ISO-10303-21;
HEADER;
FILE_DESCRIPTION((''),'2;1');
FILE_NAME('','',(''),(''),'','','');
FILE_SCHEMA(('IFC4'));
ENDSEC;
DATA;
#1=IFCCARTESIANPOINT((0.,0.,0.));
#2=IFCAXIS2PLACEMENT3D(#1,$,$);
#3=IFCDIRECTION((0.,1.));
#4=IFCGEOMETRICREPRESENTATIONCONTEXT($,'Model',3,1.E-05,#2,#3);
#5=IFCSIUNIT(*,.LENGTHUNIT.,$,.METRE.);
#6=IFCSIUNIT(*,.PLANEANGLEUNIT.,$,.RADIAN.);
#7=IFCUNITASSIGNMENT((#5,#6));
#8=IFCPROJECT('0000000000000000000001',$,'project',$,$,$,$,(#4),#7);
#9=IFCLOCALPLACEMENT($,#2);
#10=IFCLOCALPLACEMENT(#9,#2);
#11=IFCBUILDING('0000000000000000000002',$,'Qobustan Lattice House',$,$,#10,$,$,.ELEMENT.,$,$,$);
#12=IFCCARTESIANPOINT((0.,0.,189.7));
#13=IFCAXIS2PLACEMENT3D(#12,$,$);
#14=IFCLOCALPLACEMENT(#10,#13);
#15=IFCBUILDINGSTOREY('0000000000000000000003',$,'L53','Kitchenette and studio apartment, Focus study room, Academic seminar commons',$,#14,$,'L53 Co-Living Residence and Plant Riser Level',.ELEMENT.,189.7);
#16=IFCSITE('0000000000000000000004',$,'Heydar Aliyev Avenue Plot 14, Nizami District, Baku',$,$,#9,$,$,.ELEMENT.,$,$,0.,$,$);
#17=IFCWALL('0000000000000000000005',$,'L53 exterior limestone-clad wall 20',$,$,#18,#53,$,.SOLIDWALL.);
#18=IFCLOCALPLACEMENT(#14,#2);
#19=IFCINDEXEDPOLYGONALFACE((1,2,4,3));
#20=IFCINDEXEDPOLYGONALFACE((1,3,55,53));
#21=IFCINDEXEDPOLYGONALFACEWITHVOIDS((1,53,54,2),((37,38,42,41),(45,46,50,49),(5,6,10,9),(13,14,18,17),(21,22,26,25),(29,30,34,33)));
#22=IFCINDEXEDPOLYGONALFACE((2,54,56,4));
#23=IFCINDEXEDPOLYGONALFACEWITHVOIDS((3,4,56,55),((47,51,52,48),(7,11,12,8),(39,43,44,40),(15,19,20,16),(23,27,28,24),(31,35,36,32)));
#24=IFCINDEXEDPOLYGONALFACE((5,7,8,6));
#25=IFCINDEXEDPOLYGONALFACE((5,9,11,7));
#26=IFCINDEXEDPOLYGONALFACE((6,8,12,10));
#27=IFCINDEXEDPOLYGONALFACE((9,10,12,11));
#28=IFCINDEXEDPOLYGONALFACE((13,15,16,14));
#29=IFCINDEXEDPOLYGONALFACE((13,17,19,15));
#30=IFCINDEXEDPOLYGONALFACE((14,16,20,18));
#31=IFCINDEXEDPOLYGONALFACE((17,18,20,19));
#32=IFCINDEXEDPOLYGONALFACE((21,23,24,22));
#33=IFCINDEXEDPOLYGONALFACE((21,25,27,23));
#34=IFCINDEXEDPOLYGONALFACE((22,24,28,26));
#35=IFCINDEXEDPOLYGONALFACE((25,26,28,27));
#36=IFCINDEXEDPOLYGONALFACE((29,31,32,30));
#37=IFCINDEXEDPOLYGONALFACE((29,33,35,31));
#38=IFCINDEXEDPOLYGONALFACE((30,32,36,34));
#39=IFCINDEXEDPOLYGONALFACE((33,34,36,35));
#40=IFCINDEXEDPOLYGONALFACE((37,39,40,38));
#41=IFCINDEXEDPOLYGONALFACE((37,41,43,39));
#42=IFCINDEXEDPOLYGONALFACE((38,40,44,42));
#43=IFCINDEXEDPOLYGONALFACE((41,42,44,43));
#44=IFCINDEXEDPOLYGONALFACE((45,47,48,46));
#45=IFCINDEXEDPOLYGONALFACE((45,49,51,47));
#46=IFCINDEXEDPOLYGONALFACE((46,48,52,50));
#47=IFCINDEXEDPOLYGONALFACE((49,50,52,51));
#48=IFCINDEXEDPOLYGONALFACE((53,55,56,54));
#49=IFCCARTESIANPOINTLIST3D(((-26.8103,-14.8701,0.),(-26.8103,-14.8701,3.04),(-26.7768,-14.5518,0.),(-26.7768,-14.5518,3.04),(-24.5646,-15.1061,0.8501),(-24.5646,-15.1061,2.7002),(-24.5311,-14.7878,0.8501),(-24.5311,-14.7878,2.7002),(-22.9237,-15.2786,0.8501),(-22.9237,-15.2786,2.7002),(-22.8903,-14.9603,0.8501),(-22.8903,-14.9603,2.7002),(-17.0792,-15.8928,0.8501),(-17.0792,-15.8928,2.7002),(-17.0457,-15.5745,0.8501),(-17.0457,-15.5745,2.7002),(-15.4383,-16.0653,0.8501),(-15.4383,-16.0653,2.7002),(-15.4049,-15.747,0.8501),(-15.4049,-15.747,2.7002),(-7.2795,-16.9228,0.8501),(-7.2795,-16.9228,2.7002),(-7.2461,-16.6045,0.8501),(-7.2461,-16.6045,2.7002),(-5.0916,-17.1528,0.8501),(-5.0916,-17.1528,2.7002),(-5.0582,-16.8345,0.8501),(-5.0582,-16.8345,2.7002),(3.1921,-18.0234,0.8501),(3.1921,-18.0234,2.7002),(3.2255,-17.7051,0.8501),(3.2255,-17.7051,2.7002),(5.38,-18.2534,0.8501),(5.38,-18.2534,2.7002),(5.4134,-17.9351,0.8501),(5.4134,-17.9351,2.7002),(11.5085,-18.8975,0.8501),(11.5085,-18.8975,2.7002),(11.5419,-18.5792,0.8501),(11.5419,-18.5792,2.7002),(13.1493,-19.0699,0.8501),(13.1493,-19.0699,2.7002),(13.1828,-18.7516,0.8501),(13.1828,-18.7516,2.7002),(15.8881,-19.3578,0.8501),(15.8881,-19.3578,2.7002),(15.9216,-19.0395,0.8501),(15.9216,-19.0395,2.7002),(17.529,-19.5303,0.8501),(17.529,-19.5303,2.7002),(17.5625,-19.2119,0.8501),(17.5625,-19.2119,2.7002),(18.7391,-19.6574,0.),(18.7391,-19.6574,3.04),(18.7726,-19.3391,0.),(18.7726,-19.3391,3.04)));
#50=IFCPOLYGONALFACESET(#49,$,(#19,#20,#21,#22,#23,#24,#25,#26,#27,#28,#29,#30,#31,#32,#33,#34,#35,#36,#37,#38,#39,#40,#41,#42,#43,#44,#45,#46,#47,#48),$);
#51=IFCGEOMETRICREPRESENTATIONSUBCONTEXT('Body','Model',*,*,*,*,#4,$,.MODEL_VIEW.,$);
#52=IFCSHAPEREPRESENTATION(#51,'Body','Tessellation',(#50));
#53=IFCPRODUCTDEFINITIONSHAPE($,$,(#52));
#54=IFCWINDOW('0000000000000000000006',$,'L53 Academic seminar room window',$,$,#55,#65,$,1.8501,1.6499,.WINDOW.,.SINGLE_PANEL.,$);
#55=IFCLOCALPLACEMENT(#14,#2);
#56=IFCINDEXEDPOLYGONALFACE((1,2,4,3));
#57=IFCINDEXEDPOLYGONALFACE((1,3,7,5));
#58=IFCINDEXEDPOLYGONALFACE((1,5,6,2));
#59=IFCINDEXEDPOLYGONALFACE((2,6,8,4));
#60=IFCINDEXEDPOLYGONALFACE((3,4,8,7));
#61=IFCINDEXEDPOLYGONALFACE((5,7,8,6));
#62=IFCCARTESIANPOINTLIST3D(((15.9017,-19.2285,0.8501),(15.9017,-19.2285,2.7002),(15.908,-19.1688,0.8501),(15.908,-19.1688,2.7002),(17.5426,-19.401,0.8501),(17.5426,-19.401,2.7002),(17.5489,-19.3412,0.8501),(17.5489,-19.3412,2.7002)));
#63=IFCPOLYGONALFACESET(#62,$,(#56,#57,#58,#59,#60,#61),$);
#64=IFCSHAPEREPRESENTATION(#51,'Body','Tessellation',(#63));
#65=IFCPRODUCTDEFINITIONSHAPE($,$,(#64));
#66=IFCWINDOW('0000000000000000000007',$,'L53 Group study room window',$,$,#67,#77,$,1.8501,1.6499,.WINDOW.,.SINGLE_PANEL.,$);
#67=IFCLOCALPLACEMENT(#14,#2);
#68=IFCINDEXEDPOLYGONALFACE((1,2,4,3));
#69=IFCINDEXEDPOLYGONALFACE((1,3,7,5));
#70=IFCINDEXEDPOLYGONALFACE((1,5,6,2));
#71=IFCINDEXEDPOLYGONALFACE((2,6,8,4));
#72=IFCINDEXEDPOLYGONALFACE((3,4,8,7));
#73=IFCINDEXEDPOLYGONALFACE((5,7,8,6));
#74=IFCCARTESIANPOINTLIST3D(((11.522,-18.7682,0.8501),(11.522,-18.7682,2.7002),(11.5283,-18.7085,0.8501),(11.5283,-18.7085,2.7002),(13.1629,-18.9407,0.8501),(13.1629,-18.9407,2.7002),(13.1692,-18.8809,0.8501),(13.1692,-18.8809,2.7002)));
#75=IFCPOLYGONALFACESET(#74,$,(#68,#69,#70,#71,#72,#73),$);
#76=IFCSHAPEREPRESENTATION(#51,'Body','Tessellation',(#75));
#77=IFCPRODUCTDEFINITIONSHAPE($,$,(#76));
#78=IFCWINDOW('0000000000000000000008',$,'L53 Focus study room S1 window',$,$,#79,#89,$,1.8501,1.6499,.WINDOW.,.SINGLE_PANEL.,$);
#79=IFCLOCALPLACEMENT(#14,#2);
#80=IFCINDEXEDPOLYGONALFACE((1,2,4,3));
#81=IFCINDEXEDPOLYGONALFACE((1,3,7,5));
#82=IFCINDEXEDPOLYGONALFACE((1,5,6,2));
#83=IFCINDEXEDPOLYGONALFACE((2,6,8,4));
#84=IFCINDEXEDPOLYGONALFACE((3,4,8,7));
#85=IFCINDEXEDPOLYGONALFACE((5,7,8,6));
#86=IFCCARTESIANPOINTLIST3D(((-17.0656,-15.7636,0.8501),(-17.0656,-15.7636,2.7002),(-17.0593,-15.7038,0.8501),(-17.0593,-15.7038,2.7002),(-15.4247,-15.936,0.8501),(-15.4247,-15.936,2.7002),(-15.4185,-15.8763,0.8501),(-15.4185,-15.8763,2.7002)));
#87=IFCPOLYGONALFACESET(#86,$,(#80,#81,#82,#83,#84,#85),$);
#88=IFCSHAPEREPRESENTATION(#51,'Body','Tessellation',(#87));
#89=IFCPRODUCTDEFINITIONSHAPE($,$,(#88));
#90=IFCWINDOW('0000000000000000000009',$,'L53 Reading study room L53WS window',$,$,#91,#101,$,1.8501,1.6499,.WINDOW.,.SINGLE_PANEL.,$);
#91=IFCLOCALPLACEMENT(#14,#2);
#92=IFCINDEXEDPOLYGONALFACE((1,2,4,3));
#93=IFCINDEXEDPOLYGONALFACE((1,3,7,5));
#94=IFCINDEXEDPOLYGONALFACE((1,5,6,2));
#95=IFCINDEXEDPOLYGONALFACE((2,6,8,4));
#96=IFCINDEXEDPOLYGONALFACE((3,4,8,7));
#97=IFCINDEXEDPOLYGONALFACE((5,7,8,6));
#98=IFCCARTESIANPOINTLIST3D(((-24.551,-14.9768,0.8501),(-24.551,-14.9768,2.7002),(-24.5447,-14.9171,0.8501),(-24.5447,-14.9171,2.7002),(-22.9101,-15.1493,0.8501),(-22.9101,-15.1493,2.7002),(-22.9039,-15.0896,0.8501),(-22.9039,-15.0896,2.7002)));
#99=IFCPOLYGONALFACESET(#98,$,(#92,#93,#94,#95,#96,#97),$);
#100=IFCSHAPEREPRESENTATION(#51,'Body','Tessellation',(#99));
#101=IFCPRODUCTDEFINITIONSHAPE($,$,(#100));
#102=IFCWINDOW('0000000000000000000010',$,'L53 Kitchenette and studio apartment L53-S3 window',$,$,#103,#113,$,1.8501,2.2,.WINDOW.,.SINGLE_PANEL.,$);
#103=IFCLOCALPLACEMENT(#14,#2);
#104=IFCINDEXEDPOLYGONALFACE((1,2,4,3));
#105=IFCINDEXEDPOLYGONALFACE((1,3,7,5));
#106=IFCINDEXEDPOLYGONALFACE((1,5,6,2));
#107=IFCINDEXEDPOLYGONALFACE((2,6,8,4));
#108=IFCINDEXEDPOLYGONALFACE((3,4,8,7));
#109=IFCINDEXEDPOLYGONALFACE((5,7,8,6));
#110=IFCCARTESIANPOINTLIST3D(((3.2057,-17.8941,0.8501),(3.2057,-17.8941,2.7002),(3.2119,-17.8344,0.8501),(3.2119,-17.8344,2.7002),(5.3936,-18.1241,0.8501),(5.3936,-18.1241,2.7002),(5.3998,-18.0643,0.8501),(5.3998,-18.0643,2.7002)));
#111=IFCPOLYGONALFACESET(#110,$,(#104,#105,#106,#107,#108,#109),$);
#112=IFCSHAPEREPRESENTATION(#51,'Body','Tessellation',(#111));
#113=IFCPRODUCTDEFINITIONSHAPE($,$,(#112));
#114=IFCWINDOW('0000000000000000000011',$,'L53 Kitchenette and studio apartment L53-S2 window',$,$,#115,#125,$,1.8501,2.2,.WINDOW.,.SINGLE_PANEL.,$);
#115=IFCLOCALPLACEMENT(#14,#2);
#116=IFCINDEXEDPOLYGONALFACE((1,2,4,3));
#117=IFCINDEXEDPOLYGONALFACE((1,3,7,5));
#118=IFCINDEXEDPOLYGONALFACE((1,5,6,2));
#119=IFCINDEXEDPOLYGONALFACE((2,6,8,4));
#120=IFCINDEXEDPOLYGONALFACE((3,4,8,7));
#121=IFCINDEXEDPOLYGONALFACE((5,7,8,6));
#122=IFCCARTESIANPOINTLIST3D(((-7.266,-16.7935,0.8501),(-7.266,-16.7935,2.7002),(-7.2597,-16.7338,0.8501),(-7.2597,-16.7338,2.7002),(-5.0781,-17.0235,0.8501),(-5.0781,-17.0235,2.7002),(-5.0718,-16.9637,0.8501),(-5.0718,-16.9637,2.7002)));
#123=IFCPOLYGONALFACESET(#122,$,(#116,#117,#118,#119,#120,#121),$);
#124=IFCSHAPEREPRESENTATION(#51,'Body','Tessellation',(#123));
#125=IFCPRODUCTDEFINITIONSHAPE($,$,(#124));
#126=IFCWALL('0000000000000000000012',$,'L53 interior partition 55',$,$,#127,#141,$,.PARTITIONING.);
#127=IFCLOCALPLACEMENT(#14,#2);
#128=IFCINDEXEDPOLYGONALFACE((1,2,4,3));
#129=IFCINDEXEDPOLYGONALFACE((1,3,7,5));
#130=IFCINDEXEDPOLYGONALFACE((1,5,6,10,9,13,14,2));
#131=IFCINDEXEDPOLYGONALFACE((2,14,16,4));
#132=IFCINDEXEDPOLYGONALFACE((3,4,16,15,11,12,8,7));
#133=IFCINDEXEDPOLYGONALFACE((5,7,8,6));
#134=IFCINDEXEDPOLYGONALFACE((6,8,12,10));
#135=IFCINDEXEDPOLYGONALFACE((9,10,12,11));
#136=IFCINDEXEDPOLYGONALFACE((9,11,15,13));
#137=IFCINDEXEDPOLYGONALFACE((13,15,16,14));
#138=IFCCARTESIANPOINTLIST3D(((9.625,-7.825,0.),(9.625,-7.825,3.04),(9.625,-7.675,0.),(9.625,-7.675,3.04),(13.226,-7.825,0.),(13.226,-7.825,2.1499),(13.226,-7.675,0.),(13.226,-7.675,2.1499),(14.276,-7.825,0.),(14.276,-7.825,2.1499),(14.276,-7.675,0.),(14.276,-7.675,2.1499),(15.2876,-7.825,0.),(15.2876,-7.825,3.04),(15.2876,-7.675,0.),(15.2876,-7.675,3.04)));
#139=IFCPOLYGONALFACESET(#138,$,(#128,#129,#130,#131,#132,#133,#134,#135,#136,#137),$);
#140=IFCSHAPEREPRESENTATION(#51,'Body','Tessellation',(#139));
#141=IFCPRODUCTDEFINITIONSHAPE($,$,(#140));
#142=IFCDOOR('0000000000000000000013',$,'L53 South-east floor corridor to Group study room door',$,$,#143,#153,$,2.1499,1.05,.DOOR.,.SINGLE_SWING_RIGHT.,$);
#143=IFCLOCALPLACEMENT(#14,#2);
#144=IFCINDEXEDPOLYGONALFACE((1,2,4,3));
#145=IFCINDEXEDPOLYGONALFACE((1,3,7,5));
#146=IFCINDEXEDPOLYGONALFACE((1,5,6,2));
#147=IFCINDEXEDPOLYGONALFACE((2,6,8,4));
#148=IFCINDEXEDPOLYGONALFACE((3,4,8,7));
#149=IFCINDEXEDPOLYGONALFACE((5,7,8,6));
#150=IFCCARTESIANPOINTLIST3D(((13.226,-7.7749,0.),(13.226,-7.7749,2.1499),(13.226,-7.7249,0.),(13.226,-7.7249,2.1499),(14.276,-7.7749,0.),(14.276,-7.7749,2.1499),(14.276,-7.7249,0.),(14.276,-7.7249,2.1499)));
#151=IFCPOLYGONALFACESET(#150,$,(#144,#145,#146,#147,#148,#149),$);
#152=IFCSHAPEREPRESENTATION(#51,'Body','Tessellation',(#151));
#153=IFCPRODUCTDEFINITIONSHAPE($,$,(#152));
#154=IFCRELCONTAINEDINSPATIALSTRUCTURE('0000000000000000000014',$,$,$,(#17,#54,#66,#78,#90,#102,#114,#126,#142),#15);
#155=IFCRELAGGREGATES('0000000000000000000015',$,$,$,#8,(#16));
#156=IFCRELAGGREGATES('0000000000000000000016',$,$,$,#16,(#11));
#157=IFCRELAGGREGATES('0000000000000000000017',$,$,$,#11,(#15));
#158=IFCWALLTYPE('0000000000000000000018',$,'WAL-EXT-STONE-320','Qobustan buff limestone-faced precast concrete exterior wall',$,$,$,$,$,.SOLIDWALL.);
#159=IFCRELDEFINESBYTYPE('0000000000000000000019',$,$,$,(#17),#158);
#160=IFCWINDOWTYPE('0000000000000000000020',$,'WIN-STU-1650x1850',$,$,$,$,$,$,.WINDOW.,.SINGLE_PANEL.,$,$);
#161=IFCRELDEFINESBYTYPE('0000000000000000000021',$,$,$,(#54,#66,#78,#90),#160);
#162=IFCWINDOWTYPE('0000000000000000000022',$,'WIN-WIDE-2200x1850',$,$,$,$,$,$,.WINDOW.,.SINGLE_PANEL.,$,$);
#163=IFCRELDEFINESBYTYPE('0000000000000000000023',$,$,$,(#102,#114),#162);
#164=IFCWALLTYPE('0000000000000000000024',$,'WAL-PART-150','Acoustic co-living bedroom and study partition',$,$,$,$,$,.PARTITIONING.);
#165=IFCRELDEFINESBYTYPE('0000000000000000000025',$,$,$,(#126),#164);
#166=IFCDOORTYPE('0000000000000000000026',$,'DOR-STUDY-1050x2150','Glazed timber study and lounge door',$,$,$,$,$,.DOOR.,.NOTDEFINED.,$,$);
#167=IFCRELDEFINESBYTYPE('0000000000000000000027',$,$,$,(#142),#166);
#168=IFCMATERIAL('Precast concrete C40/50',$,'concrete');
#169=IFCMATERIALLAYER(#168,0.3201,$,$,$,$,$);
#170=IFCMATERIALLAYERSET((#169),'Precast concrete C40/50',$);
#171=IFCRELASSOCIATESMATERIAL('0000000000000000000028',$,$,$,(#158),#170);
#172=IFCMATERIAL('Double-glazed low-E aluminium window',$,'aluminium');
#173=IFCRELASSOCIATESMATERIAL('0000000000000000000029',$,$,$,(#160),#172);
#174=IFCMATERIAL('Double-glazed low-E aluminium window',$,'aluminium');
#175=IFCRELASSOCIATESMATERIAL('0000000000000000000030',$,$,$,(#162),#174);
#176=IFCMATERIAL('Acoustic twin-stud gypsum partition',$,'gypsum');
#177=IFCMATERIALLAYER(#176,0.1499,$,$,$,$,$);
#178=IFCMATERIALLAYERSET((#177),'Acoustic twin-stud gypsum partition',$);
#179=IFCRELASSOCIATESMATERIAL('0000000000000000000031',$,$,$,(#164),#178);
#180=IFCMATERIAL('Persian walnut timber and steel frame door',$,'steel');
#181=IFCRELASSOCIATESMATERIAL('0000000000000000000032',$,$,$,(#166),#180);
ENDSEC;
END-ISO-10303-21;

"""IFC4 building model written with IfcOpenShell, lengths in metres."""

from ifc_helpers import new_model, si_unit, direction, frame, frame_2d, origin, place, context, subcontext, project, spatial, rectangle, extrude, material, layer, layer_set, type_object, element, fill, save


model = new_model("IFC4")

# Units and contexts
model_context = context("Model", 3, precision=1e-05, world=origin(), true_north=direction((0.0, 1.0)))
body_context = subcontext(model_context, "Body", "Model", "MODEL_VIEW")
ifc_project = project(units=[si_unit("LENGTHUNIT", "METRE"), si_unit("PLANEANGLEUNIT", "RADIAN")], contexts=[model_context])

# Site, building, storey
site_placement = place(None, origin())
site = spatial("IfcSite", under=ifc_project, at=site_placement, Name="Heydar Aliyev Avenue Plot 14, Nizami District, Baku", CompositionType="ELEMENT", RefElevation=0.0)
building_placement = place(site_placement, origin())
building = spatial("IfcBuilding", under=site, at=building_placement, Name="Qobustan Lattice House", CompositionType="ELEMENT")
storey_placement = place(building_placement, frame((0.0, 0.0, 189.7)))
storey = spatial("IfcBuildingStorey", under=building, at=storey_placement, Name="L53", Description="Kitchenette and studio apartment, Focus study room, Academic seminar commons", LongName="L53 Co-Living Residence and Plant Riser Level", CompositionType="ELEMENT", Elevation=189.7)

# Shared definitions
ifc_material_1 = material(Name="Precast concrete C40/50", Category="concrete")
ifc_layer_1 = layer(ifc_material_1, 0.3201)
ifc_layer_set_1 = layer_set([ifc_layer_1], Name="Precast concrete C40/50")
wall_type_1 = type_object("IfcWallType", Name="WAL-EXT-STONE-320", Description="Qobustan buff limestone-faced precast concrete exterior wall", PredefinedType="SOLIDWALL", material=ifc_layer_set_1)

# Wall, openings, windows
wall_1_placement = place(storey_placement, frame((18.7559, -19.4983, 0.0), z_axis=(0.0, 0.0, 1.0), x_axis=(-0.994522, 0.104527, 0.0)))
wall_1 = element("IfcWall", 1, at=wall_1_placement, inside=storey, type_object=wall_type_1, Name="L53 exterior limestone-clad wall 20", PredefinedType="SOLIDWALL", context=body_context, shape_type="SweptSolid", body=[
    extrude(rectangle(XDim=45.8003, YDim=0.3201, at=frame_2d((22.9001, 0.0))), origin(), (0.0, 0.0, 1.0), 3.04),
])
opening_1_placement = place(wall_1_placement, frame((1.2168, 0.0, 0.8501)))
opening_1 = element("IfcOpeningElement", 2, at=opening_1_placement, cuts=wall_1, PredefinedType="OPENING", context=body_context, shape_type="SweptSolid", body=[
    extrude(rectangle(XDim=1.6499, YDim=1.8501, at=frame_2d((0.825, 0.925))), frame((0.0, 0.1699, 0.0), z_axis=(0.0, -1.0, 0.0), x_axis=(1.0, 0.0, 0.0)), (0.0, 0.0, 1.0), 0.3401),
])
opening_2_placement = place(wall_1_placement, frame((5.6206, 0.0, 0.8501)))
opening_2 = element("IfcOpeningElement", 3, at=opening_2_placement, cuts=wall_1, PredefinedType="OPENING", context=body_context, shape_type="SweptSolid", body=[
    extrude(rectangle(XDim=1.6499, YDim=1.8501, at=frame_2d((0.825, 0.925))), frame((0.0, 0.1699, 0.0), z_axis=(0.0, -1.0, 0.0), x_axis=(1.0, 0.0, 0.0)), (0.0, 0.0, 1.0), 0.3401),
])
opening_3_placement = place(wall_1_placement, frame((13.4326, 0.0, 0.8501)))
opening_3 = element("IfcOpeningElement", 4, at=opening_3_placement, cuts=wall_1, PredefinedType="OPENING", context=body_context, shape_type="SweptSolid", body=[
    extrude(rectangle(XDim=2.2, YDim=1.8501, at=frame_2d((1.1001, 0.925))), frame((0.0, 0.1699, 0.0), z_axis=(0.0, -1.0, 0.0), x_axis=(1.0, 0.0, 0.0)), (0.0, 0.0, 1.0), 0.3401),
])
opening_4_placement = place(wall_1_placement, frame((23.9619, 0.0, 0.8501)))
opening_4 = element("IfcOpeningElement", 5, at=opening_4_placement, cuts=wall_1, PredefinedType="OPENING", context=body_context, shape_type="SweptSolid", body=[
    extrude(rectangle(XDim=2.2, YDim=1.8501, at=frame_2d((1.1001, 0.925))), frame((0.0, 0.1699, 0.0), z_axis=(0.0, -1.0, 0.0), x_axis=(1.0, 0.0, 0.0)), (0.0, 0.0, 1.0), 0.3401),
])
opening_5_placement = place(wall_1_placement, frame((34.3657, 0.0, 0.8501)))
opening_5 = element("IfcOpeningElement", 6, at=opening_5_placement, cuts=wall_1, PredefinedType="OPENING", context=body_context, shape_type="SweptSolid", body=[
    extrude(rectangle(XDim=1.6499, YDim=1.8501, at=frame_2d((0.825, 0.925))), frame((0.0, 0.1699, 0.0), z_axis=(0.0, -1.0, 0.0), x_axis=(1.0, 0.0, 0.0)), (0.0, 0.0, 1.0), 0.3401),
])
opening_6_placement = place(wall_1_placement, frame((41.8923, 0.0, 0.8501)))
opening_6 = element("IfcOpeningElement", 7, at=opening_6_placement, cuts=wall_1, PredefinedType="OPENING", context=body_context, shape_type="SweptSolid", body=[
    extrude(rectangle(XDim=1.6499, YDim=1.8501, at=frame_2d((0.825, 0.925))), frame((0.0, 0.1699, 0.0), z_axis=(0.0, -1.0, 0.0), x_axis=(1.0, 0.0, 0.0)), (0.0, 0.0, 1.0), 0.3401),
])
ifc_material_2 = material(Name="Double-glazed low-E aluminium window", Category="aluminium")
window_type_1 = type_object("IfcWindowType", Name="WIN-STU-1650x1850", PartitioningType="SINGLE_PANEL", PredefinedType="WINDOW", material=ifc_material_2)
window_1_placement = place(opening_1_placement, origin())
window_1 = element("IfcWindow", 8, at=window_1_placement, inside=storey, type_object=window_type_1, Name="L53 Academic seminar room window", OverallHeight=1.8501, OverallWidth=1.6499, PartitioningType="SINGLE_PANEL", PredefinedType="WINDOW", context=body_context, shape_type="SweptSolid", body=[
    extrude(rectangle(XDim=1.6499, YDim=1.8501, at=frame_2d((0.825, 0.925))), frame((0.0, 0.03, 0.0), z_axis=(0.0, -1.0, 0.0), x_axis=(1.0, 0.0, 0.0)), (0.0, 0.0, 1.0), 0.0601),
])
fill(opening_1, window_1)
window_2_placement = place(opening_2_placement, origin())
window_2 = element("IfcWindow", 9, at=window_2_placement, inside=storey, type_object=window_type_1, Name="L53 Group study room window", OverallHeight=1.8501, OverallWidth=1.6499, PartitioningType="SINGLE_PANEL", PredefinedType="WINDOW", context=body_context, shape_type="SweptSolid", body=[
    extrude(rectangle(XDim=1.6499, YDim=1.8501, at=frame_2d((0.825, 0.925))), frame((0.0, 0.03, 0.0), z_axis=(0.0, -1.0, 0.0), x_axis=(1.0, 0.0, 0.0)), (0.0, 0.0, 1.0), 0.0601),
])
fill(opening_2, window_2)
window_3_placement = place(opening_5_placement, origin())
window_3 = element("IfcWindow", 10, at=window_3_placement, inside=storey, type_object=window_type_1, Name="L53 Focus study room S1 window", OverallHeight=1.8501, OverallWidth=1.6499, PartitioningType="SINGLE_PANEL", PredefinedType="WINDOW", context=body_context, shape_type="SweptSolid", body=[
    extrude(rectangle(XDim=1.6499, YDim=1.8501, at=frame_2d((0.825, 0.925))), frame((0.0, 0.03, 0.0), z_axis=(0.0, -1.0, 0.0), x_axis=(1.0, 0.0, 0.0)), (0.0, 0.0, 1.0), 0.0601),
])
fill(opening_5, window_3)
window_4_placement = place(opening_6_placement, origin())
window_4 = element("IfcWindow", 11, at=window_4_placement, inside=storey, type_object=window_type_1, Name="L53 Reading study room L53WS window", OverallHeight=1.8501, OverallWidth=1.6499, PartitioningType="SINGLE_PANEL", PredefinedType="WINDOW", context=body_context, shape_type="SweptSolid", body=[
    extrude(rectangle(XDim=1.6499, YDim=1.8501, at=frame_2d((0.825, 0.925))), frame((0.0, 0.03, 0.0), z_axis=(0.0, -1.0, 0.0), x_axis=(1.0, 0.0, 0.0)), (0.0, 0.0, 1.0), 0.0601),
])
fill(opening_6, window_4)
ifc_material_3 = material(Name="Double-glazed low-E aluminium window", Category="aluminium")
window_type_2 = type_object("IfcWindowType", Name="WIN-WIDE-2200x1850", PartitioningType="SINGLE_PANEL", PredefinedType="WINDOW", material=ifc_material_3)
window_5_placement = place(opening_3_placement, origin())
window_5 = element("IfcWindow", 12, at=window_5_placement, inside=storey, type_object=window_type_2, Name="L53 Kitchenette and studio apartment L53-S3 window", OverallHeight=1.8501, OverallWidth=2.2, PartitioningType="SINGLE_PANEL", PredefinedType="WINDOW", context=body_context, shape_type="SweptSolid", body=[
    extrude(rectangle(XDim=2.2, YDim=1.8501, at=frame_2d((1.1001, 0.925))), frame((0.0, 0.03, 0.0), z_axis=(0.0, -1.0, 0.0), x_axis=(1.0, 0.0, 0.0)), (0.0, 0.0, 1.0), 0.0601),
])
fill(opening_3, window_5)
window_6_placement = place(opening_4_placement, origin())
window_6 = element("IfcWindow", 13, at=window_6_placement, inside=storey, type_object=window_type_2, Name="L53 Kitchenette and studio apartment L53-S2 window", OverallHeight=1.8501, OverallWidth=2.2, PartitioningType="SINGLE_PANEL", PredefinedType="WINDOW", context=body_context, shape_type="SweptSolid", body=[
    extrude(rectangle(XDim=2.2, YDim=1.8501, at=frame_2d((1.1001, 0.925))), frame((0.0, 0.03, 0.0), z_axis=(0.0, -1.0, 0.0), x_axis=(1.0, 0.0, 0.0)), (0.0, 0.0, 1.0), 0.0601),
])
fill(opening_4, window_6)

# Wall, opening, door
ifc_material_4 = material(Name="Acoustic twin-stud gypsum partition", Category="gypsum")
ifc_layer_2 = layer(ifc_material_4, 0.1499)
ifc_layer_set_2 = layer_set([ifc_layer_2], Name="Acoustic twin-stud gypsum partition")
wall_type_2 = type_object("IfcWallType", Name="WAL-PART-150", Description="Acoustic co-living bedroom and study partition", PredefinedType="PARTITIONING", material=ifc_layer_set_2)
wall_2_placement = place(storey_placement, frame((15.2876, -7.75, 0.0), z_axis=(0.0, 0.0, 1.0), x_axis=(-1.0, 0.0, 0.0)))
wall_2 = element("IfcWall", 14, at=wall_2_placement, inside=storey, type_object=wall_type_2, Name="L53 interior partition 55", PredefinedType="PARTITIONING", context=body_context, shape_type="SweptSolid", body=[
    extrude(rectangle(XDim=5.6626, YDim=0.1499, at=frame_2d((2.8313, 0.0))), origin(), (0.0, 0.0, 1.0), 3.04),
])
opening_7_placement = place(wall_2_placement, frame((1.0117, 0.0, 0.0)))
opening_7 = element("IfcOpeningElement", 15, at=opening_7_placement, cuts=wall_2, PredefinedType="OPENING", context=body_context, shape_type="SweptSolid", body=[
    extrude(rectangle(XDim=1.05, YDim=2.1499, at=frame_2d((0.5249, 1.075))), frame((0.0, 0.085, 0.0), z_axis=(0.0, -1.0, 0.0), x_axis=(1.0, 0.0, 0.0)), (0.0, 0.0, 1.0), 0.1699),
])
ifc_material_5 = material(Name="Persian walnut timber and steel frame door", Category="steel")
door_type = type_object("IfcDoorType", Name="DOR-STUDY-1050x2150", Description="Glazed timber study and lounge door", OperationType="NOTDEFINED", PredefinedType="DOOR", material=ifc_material_5)
door_placement = place(opening_7_placement, origin())
door = element("IfcDoor", 16, at=door_placement, inside=storey, type_object=door_type, Name="L53 South-east floor corridor to Group study room door", OperationType="SINGLE_SWING_RIGHT", OverallHeight=2.1499, OverallWidth=1.05, PredefinedType="DOOR", context=body_context, shape_type="SweptSolid", body=[
    extrude(rectangle(XDim=1.05, YDim=2.1499, at=frame_2d((0.5249, 1.075))), frame((0.0, 0.0249, 0.0), z_axis=(0.0, -1.0, 0.0), x_axis=(1.0, 0.0, 0.0)), (0.0, 0.0, 1.0), 0.05),
])
fill(opening_7, door)

save(model, "model.ifc")
